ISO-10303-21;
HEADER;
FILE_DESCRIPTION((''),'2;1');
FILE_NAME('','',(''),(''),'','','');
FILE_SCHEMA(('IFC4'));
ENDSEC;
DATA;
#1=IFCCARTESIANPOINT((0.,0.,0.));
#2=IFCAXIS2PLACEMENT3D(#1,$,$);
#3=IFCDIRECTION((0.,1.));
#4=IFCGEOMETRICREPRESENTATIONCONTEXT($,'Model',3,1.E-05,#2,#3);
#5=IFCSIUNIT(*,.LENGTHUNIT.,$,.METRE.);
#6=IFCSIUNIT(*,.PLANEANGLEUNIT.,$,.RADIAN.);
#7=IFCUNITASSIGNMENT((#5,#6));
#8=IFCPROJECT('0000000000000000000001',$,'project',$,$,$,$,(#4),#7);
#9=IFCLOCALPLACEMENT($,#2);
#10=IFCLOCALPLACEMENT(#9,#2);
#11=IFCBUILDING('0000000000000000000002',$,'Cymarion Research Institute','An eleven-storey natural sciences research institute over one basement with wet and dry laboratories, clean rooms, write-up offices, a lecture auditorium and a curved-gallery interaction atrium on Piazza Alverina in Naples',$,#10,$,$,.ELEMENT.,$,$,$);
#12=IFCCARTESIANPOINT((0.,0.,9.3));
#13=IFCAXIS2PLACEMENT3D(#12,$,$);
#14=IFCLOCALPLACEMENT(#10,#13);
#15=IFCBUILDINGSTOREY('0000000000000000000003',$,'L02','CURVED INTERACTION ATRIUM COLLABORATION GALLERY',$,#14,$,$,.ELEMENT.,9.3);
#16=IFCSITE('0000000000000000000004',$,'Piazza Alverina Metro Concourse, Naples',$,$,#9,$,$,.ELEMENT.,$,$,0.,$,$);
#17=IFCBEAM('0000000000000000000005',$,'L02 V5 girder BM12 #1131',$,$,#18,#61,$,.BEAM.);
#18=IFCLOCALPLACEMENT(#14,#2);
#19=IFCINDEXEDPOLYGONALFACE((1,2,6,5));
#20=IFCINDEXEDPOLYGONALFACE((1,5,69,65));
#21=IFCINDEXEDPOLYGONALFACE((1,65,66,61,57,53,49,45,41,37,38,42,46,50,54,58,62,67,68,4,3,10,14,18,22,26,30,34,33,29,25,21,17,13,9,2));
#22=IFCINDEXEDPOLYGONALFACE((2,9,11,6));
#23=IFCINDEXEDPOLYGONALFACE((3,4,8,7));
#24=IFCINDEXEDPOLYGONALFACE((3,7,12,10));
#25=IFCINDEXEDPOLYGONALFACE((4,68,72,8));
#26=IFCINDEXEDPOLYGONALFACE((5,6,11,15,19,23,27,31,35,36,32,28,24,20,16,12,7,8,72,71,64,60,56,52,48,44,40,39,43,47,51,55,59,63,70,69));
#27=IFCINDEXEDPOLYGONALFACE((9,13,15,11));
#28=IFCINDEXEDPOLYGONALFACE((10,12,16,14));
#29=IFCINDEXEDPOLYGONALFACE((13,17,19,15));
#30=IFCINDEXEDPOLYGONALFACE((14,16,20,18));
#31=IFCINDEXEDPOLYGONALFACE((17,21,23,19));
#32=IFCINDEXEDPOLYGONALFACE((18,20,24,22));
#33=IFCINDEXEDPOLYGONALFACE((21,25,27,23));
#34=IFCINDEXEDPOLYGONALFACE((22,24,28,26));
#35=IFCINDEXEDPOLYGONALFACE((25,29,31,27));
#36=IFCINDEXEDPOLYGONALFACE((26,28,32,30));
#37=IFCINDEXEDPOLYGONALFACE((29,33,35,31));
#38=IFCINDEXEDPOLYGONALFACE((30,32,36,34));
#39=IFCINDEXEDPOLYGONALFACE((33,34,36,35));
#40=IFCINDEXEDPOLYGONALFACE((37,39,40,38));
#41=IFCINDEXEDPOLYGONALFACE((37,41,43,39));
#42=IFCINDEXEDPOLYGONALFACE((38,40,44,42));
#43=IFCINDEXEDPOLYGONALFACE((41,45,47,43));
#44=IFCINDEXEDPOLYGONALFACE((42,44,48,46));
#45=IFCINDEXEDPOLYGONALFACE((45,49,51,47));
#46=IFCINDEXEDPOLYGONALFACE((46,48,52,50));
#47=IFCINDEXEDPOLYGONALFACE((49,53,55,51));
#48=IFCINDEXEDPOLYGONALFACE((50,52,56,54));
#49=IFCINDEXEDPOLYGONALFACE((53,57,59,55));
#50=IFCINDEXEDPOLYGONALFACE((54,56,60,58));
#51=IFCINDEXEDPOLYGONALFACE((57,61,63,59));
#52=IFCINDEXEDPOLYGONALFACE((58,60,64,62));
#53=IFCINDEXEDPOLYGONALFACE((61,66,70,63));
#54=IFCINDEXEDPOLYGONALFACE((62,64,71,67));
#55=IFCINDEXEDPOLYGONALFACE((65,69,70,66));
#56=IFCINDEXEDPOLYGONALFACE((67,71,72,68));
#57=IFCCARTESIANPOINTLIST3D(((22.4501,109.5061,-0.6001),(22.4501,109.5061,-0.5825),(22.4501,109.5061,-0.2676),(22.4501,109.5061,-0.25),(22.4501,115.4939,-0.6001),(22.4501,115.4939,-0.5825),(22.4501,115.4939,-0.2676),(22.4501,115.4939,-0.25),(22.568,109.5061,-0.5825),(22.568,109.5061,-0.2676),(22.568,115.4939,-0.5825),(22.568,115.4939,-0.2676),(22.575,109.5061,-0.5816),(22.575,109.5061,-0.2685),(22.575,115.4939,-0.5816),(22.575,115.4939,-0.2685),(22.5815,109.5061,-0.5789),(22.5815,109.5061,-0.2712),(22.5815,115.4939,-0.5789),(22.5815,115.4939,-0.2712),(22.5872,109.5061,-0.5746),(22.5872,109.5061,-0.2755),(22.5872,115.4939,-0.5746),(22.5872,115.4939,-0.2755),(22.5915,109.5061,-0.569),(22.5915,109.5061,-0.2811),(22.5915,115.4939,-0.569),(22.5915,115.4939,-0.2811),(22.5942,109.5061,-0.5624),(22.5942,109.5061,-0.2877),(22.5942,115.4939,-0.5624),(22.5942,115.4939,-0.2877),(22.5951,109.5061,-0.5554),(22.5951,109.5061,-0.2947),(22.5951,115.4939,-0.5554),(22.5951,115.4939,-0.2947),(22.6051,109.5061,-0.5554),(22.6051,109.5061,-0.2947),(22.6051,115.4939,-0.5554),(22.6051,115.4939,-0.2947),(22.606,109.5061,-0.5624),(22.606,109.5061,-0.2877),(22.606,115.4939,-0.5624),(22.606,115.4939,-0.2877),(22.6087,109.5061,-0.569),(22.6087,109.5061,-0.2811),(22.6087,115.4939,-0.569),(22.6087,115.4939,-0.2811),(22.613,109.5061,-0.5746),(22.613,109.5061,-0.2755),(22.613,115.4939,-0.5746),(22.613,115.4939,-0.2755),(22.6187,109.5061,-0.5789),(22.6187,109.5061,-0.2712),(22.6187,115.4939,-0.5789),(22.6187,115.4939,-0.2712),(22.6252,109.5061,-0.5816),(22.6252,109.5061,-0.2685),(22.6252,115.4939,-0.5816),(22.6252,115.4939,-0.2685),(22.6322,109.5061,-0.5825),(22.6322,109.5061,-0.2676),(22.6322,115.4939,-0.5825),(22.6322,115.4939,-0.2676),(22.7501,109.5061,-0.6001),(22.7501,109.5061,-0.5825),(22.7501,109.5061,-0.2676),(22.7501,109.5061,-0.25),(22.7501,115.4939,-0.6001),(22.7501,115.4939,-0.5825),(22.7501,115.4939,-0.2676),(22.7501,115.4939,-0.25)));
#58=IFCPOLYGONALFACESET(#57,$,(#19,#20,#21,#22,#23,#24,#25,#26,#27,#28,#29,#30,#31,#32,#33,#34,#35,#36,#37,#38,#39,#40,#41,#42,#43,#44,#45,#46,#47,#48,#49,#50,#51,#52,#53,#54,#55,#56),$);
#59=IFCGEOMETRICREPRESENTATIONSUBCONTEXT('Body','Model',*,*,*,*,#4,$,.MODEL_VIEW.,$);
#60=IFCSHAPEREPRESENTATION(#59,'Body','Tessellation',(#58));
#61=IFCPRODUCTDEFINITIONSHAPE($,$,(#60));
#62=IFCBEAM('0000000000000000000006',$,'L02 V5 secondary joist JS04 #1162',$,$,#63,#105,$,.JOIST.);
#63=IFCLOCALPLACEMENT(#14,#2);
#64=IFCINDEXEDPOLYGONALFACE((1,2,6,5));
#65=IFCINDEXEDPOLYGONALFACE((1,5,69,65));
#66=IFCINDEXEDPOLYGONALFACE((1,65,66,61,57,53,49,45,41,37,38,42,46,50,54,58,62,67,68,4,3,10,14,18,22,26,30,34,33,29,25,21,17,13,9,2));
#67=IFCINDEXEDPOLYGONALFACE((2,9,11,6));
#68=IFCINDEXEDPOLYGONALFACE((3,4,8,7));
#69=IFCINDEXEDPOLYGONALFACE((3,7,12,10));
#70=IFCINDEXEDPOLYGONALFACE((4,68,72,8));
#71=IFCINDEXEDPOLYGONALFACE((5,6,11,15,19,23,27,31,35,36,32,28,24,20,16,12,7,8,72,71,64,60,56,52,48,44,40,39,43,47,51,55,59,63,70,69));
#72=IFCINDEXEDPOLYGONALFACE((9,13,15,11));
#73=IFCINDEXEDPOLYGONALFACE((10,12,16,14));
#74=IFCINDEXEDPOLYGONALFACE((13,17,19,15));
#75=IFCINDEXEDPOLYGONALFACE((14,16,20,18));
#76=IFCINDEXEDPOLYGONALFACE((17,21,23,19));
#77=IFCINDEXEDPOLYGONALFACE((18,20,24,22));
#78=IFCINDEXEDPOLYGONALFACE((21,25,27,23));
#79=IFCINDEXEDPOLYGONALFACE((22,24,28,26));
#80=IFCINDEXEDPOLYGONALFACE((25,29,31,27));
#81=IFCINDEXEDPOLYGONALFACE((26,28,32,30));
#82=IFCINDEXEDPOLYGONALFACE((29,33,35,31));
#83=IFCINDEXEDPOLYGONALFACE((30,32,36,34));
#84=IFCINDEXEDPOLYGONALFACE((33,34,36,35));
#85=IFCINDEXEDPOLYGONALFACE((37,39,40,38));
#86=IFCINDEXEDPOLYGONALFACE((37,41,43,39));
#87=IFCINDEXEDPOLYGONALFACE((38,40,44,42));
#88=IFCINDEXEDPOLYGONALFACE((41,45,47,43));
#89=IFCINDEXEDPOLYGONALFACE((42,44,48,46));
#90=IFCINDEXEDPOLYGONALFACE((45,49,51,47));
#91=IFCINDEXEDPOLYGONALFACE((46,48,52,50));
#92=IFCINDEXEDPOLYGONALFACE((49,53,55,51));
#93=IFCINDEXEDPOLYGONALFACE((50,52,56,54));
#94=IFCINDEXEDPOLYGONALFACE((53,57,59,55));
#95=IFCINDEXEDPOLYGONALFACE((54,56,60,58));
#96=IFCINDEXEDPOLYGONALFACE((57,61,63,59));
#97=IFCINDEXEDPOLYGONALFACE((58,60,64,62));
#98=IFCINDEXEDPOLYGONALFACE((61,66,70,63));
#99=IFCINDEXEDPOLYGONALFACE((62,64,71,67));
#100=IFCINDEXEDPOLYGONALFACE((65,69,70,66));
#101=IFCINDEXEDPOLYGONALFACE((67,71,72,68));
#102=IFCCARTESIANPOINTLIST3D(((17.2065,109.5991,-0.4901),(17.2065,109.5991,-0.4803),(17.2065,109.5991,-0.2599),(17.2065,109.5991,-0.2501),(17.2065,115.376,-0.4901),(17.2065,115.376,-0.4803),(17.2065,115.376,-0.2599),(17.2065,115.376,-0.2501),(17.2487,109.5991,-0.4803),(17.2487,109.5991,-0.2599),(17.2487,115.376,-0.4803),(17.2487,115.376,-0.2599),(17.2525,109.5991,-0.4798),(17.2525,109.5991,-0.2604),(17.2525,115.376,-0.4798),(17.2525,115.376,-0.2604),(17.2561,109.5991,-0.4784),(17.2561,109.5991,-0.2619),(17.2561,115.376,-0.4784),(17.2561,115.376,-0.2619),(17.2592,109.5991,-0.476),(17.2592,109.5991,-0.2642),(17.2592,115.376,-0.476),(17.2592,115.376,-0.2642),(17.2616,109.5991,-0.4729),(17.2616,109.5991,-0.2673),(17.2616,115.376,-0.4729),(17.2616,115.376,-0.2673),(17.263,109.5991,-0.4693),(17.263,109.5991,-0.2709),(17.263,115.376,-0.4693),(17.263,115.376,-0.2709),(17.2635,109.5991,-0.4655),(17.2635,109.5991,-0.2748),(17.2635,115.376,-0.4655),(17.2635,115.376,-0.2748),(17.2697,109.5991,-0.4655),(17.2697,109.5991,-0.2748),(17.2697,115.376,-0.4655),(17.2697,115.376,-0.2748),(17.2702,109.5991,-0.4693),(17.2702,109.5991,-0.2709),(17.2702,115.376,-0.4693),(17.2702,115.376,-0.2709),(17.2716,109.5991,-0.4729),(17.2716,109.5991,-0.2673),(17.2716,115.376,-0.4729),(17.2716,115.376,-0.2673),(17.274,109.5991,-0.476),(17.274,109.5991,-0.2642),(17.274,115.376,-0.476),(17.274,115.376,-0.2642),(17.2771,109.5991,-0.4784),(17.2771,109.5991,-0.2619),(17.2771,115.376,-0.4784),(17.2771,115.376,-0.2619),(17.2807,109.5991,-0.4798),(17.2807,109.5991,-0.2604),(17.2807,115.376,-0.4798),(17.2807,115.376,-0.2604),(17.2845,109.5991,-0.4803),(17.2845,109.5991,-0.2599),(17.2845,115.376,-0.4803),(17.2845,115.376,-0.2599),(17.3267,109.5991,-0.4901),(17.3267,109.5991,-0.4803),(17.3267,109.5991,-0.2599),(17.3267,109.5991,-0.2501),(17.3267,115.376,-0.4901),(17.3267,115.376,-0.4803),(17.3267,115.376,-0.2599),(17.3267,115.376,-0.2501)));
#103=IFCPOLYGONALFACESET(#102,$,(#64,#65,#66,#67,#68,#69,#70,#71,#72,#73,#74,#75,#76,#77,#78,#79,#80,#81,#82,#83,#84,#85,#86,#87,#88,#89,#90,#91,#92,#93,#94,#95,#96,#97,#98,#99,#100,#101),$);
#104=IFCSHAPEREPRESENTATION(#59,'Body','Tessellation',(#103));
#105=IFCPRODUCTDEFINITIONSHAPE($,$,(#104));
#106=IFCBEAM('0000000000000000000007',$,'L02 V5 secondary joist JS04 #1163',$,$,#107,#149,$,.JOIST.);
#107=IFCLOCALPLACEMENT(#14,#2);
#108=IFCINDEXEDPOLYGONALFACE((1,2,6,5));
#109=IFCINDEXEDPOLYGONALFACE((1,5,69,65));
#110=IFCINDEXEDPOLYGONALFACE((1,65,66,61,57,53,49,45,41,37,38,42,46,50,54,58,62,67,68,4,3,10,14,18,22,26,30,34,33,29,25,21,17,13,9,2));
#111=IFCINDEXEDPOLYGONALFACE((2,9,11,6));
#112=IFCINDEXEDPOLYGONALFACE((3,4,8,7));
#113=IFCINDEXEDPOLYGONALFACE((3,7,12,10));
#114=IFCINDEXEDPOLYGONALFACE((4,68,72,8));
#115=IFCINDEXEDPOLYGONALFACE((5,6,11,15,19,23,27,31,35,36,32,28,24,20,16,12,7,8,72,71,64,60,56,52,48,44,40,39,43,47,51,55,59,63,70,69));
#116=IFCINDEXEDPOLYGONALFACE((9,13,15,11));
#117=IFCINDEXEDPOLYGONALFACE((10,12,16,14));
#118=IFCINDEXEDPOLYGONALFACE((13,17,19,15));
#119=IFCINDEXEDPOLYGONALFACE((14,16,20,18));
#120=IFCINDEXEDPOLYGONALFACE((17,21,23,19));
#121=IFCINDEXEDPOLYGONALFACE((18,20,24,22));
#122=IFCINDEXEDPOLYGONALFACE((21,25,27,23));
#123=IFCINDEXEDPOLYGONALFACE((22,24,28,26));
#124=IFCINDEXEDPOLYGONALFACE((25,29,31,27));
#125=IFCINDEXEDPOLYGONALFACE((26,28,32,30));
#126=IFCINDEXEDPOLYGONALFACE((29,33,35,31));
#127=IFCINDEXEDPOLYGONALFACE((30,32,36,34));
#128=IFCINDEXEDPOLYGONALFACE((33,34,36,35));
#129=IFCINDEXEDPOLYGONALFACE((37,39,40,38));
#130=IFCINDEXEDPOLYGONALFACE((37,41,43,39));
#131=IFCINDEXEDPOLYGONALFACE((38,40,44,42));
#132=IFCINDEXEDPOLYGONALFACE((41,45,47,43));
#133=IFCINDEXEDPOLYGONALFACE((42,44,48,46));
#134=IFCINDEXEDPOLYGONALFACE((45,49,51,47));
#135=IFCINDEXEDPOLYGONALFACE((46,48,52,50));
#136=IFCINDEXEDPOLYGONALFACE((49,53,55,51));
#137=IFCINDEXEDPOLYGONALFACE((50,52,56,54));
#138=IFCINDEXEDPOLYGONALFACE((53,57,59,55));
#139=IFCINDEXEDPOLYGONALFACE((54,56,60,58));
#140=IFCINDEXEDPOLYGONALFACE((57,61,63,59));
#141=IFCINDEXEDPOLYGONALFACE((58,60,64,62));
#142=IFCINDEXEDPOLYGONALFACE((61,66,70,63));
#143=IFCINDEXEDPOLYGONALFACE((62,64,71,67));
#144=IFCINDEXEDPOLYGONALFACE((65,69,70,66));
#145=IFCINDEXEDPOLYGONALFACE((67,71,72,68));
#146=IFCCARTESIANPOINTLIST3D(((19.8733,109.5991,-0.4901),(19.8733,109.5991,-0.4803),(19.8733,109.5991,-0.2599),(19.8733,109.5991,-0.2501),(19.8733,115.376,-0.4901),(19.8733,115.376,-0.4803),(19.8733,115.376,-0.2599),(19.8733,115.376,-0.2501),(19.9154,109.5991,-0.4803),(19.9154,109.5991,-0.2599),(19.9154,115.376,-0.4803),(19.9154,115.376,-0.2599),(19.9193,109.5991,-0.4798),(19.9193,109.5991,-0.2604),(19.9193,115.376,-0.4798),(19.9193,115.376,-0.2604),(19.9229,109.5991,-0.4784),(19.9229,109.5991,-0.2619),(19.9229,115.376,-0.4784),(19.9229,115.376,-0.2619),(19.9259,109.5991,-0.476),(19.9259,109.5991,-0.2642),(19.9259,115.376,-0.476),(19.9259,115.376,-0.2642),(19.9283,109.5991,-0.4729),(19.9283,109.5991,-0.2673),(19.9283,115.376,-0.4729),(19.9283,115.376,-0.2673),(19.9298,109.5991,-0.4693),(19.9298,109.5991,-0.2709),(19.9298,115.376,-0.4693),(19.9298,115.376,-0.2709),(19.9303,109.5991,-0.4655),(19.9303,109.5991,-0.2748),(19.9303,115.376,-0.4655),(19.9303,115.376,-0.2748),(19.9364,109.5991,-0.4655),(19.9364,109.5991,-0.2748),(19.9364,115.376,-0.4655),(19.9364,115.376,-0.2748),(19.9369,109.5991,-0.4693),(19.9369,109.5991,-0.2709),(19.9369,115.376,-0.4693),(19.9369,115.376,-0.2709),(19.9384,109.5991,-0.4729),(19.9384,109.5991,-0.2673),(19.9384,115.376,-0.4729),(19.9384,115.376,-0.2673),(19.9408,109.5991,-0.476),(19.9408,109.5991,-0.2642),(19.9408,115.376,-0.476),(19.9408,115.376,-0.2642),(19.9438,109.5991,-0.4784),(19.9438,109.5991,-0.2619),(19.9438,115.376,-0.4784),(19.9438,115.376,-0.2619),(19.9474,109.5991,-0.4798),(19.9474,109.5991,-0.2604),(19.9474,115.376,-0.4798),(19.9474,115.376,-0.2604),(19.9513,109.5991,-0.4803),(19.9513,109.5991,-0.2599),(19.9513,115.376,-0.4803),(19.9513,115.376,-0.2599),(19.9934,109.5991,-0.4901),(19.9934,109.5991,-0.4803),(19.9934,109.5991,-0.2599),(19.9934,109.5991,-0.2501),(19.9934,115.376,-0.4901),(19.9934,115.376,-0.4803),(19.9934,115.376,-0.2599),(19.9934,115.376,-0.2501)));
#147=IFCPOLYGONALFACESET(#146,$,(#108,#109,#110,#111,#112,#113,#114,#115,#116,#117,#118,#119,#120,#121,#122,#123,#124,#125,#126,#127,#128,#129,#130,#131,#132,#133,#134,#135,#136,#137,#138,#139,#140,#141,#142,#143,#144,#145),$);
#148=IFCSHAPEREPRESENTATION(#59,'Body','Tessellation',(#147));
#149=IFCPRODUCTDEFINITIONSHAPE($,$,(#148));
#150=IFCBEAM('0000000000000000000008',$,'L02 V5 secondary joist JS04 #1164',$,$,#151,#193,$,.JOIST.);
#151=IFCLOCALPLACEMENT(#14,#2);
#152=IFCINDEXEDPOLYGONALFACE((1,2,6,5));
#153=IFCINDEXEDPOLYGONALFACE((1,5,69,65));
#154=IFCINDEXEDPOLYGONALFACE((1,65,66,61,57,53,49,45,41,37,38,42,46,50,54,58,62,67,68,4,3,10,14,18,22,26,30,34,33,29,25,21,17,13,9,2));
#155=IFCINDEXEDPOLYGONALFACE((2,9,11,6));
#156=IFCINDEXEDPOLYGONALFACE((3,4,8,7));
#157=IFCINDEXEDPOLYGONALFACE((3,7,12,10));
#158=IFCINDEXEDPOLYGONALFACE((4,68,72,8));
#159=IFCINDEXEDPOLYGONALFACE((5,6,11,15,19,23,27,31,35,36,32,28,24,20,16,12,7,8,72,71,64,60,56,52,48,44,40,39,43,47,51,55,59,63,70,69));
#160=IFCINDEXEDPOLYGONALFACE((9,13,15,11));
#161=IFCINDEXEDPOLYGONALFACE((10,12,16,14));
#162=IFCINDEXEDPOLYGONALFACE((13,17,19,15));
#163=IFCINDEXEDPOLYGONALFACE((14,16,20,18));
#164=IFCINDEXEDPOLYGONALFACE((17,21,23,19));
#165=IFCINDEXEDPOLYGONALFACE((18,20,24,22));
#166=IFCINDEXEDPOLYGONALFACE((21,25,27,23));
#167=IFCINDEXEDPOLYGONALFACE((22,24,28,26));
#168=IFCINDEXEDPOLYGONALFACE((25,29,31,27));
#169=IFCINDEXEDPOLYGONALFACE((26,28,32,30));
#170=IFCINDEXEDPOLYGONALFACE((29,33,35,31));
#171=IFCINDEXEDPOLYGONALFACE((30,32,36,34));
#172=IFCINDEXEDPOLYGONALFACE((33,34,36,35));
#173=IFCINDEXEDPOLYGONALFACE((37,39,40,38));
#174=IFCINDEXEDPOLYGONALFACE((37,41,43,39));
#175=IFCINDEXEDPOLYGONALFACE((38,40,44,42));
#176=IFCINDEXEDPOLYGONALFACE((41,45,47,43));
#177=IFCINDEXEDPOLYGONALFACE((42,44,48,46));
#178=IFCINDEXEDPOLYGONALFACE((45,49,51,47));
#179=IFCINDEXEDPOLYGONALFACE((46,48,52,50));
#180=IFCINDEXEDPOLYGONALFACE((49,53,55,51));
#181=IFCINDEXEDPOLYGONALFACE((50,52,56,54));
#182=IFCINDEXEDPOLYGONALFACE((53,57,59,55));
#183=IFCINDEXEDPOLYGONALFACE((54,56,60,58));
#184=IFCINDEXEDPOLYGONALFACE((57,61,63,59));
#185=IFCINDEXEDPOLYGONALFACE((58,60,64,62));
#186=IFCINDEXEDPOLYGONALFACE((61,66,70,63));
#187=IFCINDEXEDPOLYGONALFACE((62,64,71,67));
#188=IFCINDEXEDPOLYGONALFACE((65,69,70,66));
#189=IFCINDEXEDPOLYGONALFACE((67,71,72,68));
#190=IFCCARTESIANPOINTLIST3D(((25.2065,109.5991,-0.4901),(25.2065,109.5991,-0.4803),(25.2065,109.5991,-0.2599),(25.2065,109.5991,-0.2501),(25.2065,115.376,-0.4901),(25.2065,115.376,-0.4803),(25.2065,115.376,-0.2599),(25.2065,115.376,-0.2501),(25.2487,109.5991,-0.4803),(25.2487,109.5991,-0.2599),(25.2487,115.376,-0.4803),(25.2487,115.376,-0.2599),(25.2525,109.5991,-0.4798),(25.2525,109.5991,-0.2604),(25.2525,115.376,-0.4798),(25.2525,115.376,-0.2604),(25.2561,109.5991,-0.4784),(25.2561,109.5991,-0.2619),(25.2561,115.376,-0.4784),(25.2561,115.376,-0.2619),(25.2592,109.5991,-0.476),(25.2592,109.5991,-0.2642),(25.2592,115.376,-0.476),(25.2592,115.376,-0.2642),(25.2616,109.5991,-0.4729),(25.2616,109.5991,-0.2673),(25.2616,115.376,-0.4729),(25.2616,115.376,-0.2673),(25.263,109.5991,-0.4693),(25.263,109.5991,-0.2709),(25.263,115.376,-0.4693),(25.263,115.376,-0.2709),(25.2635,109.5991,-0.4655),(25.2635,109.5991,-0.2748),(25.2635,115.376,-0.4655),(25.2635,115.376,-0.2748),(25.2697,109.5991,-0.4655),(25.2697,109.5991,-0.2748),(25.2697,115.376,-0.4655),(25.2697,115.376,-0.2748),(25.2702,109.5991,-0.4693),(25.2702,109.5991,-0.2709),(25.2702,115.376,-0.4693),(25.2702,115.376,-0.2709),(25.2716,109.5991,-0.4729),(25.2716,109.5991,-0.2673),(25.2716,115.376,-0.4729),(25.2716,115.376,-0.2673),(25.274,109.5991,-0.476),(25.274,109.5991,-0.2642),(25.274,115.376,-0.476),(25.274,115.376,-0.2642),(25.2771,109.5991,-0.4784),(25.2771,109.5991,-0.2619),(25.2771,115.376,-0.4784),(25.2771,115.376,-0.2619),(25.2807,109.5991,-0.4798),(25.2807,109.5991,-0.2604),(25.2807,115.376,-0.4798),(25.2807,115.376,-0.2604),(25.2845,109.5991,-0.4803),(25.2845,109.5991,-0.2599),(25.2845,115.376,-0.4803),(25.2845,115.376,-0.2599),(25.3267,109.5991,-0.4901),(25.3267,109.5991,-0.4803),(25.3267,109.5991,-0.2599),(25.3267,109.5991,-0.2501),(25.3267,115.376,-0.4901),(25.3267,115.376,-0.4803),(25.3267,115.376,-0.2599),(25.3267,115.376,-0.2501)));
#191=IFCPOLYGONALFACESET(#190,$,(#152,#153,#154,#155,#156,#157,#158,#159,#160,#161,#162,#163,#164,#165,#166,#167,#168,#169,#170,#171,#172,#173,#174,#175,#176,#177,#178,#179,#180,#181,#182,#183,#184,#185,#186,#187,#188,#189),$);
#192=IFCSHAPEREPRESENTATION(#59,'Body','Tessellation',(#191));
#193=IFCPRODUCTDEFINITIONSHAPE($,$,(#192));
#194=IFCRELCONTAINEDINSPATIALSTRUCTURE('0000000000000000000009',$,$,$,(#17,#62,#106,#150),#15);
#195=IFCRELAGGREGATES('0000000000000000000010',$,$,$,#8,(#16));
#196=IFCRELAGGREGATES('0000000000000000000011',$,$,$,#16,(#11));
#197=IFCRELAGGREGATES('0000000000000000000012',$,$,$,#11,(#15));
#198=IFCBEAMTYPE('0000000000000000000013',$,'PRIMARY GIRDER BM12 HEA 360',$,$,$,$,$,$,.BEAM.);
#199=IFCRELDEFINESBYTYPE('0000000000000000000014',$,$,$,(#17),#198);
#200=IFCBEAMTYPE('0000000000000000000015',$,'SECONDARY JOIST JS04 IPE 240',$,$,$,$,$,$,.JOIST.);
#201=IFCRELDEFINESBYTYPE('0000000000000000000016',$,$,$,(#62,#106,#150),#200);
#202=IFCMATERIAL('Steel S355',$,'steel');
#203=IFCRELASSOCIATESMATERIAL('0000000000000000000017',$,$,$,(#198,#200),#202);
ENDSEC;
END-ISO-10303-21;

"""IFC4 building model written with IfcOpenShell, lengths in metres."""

from ifc_helpers import new_model, si_unit, direction, frame, origin, origin_2d, place, context, subcontext, project, spatial, i_section, extrude, material, material_profile, profile_set, type_object, element, save


model = new_model("IFC4")

# Units and contexts
model_context = context("Model", 3, precision=1e-05, world=origin(), true_north=direction((0.0, 1.0)))
body_context = subcontext(model_context, "Body", "Model", "MODEL_VIEW")
ifc_project = project(units=[si_unit("LENGTHUNIT", "METRE"), si_unit("PLANEANGLEUNIT", "RADIAN")], contexts=[model_context])

# Site, building, storey
site_placement = place(None, origin())
site = spatial("IfcSite", under=ifc_project, at=site_placement, Name="Piazza Alverina Metro Concourse, Naples", CompositionType="ELEMENT", RefElevation=0.0)
building_placement = place(site_placement, origin())
building = spatial("IfcBuilding", under=site, at=building_placement, Name="Cymarion Research Institute", Description="An eleven-storey natural sciences research institute over one basement with wet and dry laboratories, clean rooms, write-up offices, a lecture auditorium and a curved-gallery interaction atrium on Piazza Alverina in Naples", CompositionType="ELEMENT")
storey_placement = place(building_placement, frame((0.0, 0.0, 9.3)))
storey = spatial("IfcBuildingStorey", under=building, at=storey_placement, Name="L02", Description="CURVED INTERACTION ATRIUM COLLABORATION GALLERY", CompositionType="ELEMENT", Elevation=9.3)

# Shared definitions
ifc_material_1 = material(Name="Steel S355", Category="steel")

# Beams
ifc_material_profile_1 = material_profile(ifc_material_1, i_section(OverallWidth=0.3, OverallDepth=0.3501, WebThickness=0.01, FlangeThickness=0.0176, FilletRadius=0.0271, at=origin_2d()), Name="HEA 360")
ifc_profile_set_1 = profile_set([ifc_material_profile_1], Name="Steel S355")
beam_type_1 = type_object("IfcBeamType", Name="PRIMARY GIRDER BM12 HEA 360", PredefinedType="BEAM", material=ifc_profile_set_1)
for number, where, z_axis, x_axis, name in (
    (1, (22.6001, 109.5061, -0.425), (0.0, 1.0, 0.0), (-1.0, 0.0, 0.0), "L02 V5 girder BM12 #1131"),
):
    element("IfcBeam", number, at=place(storey_placement, frame(where, z_axis=z_axis, x_axis=x_axis)), inside=storey, type_object=beam_type_1, Name=name, PredefinedType="BEAM", context=body_context, shape_type="SweptSolid", body=[
        extrude(i_section(OverallWidth=0.3, OverallDepth=0.3501, WebThickness=0.01, FlangeThickness=0.0176, FilletRadius=0.0271, at=origin_2d()), origin(), (0.0, 0.0, 1.0), 5.9878),
    ])
ifc_material_profile_2 = material_profile(ifc_material_1, i_section(OverallWidth=0.1201, OverallDepth=0.24, WebThickness=0.0061, FlangeThickness=0.0098, FilletRadius=0.0149, at=origin_2d()), Name="IPE 240")
ifc_profile_set_2 = profile_set([ifc_material_profile_2], Name="Steel S355")
beam_type_2 = type_object("IfcBeamType", Name="SECONDARY JOIST JS04 IPE 240", PredefinedType="JOIST", material=ifc_profile_set_2)
for number, where, z_axis, x_axis, name in (
    (2, (17.2666, 109.5991, -0.3701), (0.0, 1.0, 0.0), (-1.0, 0.0, 0.0), "L02 V5 secondary joist JS04 #1162"),
    (3, (19.9333, 109.5991, -0.3701), (0.0, 1.0, 0.0), (-1.0, 0.0, 0.0), "L02 V5 secondary joist JS04 #1163"),
    (4, (25.2666, 109.5991, -0.3701), (0.0, 1.0, 0.0), (-1.0, 0.0, 0.0), "L02 V5 secondary joist JS04 #1164"),
):
    element("IfcBeam", number, at=place(storey_placement, frame(where, z_axis=z_axis, x_axis=x_axis)), inside=storey, type_object=beam_type_2, Name=name, PredefinedType="JOIST", context=body_context, shape_type="SweptSolid", body=[
        extrude(i_section(OverallWidth=0.1201, OverallDepth=0.24, WebThickness=0.0061, FlangeThickness=0.0098, FilletRadius=0.0149, at=origin_2d()), origin(), (0.0, 0.0, 1.0), 5.7769),
    ])

save(model, "model.ifc")
